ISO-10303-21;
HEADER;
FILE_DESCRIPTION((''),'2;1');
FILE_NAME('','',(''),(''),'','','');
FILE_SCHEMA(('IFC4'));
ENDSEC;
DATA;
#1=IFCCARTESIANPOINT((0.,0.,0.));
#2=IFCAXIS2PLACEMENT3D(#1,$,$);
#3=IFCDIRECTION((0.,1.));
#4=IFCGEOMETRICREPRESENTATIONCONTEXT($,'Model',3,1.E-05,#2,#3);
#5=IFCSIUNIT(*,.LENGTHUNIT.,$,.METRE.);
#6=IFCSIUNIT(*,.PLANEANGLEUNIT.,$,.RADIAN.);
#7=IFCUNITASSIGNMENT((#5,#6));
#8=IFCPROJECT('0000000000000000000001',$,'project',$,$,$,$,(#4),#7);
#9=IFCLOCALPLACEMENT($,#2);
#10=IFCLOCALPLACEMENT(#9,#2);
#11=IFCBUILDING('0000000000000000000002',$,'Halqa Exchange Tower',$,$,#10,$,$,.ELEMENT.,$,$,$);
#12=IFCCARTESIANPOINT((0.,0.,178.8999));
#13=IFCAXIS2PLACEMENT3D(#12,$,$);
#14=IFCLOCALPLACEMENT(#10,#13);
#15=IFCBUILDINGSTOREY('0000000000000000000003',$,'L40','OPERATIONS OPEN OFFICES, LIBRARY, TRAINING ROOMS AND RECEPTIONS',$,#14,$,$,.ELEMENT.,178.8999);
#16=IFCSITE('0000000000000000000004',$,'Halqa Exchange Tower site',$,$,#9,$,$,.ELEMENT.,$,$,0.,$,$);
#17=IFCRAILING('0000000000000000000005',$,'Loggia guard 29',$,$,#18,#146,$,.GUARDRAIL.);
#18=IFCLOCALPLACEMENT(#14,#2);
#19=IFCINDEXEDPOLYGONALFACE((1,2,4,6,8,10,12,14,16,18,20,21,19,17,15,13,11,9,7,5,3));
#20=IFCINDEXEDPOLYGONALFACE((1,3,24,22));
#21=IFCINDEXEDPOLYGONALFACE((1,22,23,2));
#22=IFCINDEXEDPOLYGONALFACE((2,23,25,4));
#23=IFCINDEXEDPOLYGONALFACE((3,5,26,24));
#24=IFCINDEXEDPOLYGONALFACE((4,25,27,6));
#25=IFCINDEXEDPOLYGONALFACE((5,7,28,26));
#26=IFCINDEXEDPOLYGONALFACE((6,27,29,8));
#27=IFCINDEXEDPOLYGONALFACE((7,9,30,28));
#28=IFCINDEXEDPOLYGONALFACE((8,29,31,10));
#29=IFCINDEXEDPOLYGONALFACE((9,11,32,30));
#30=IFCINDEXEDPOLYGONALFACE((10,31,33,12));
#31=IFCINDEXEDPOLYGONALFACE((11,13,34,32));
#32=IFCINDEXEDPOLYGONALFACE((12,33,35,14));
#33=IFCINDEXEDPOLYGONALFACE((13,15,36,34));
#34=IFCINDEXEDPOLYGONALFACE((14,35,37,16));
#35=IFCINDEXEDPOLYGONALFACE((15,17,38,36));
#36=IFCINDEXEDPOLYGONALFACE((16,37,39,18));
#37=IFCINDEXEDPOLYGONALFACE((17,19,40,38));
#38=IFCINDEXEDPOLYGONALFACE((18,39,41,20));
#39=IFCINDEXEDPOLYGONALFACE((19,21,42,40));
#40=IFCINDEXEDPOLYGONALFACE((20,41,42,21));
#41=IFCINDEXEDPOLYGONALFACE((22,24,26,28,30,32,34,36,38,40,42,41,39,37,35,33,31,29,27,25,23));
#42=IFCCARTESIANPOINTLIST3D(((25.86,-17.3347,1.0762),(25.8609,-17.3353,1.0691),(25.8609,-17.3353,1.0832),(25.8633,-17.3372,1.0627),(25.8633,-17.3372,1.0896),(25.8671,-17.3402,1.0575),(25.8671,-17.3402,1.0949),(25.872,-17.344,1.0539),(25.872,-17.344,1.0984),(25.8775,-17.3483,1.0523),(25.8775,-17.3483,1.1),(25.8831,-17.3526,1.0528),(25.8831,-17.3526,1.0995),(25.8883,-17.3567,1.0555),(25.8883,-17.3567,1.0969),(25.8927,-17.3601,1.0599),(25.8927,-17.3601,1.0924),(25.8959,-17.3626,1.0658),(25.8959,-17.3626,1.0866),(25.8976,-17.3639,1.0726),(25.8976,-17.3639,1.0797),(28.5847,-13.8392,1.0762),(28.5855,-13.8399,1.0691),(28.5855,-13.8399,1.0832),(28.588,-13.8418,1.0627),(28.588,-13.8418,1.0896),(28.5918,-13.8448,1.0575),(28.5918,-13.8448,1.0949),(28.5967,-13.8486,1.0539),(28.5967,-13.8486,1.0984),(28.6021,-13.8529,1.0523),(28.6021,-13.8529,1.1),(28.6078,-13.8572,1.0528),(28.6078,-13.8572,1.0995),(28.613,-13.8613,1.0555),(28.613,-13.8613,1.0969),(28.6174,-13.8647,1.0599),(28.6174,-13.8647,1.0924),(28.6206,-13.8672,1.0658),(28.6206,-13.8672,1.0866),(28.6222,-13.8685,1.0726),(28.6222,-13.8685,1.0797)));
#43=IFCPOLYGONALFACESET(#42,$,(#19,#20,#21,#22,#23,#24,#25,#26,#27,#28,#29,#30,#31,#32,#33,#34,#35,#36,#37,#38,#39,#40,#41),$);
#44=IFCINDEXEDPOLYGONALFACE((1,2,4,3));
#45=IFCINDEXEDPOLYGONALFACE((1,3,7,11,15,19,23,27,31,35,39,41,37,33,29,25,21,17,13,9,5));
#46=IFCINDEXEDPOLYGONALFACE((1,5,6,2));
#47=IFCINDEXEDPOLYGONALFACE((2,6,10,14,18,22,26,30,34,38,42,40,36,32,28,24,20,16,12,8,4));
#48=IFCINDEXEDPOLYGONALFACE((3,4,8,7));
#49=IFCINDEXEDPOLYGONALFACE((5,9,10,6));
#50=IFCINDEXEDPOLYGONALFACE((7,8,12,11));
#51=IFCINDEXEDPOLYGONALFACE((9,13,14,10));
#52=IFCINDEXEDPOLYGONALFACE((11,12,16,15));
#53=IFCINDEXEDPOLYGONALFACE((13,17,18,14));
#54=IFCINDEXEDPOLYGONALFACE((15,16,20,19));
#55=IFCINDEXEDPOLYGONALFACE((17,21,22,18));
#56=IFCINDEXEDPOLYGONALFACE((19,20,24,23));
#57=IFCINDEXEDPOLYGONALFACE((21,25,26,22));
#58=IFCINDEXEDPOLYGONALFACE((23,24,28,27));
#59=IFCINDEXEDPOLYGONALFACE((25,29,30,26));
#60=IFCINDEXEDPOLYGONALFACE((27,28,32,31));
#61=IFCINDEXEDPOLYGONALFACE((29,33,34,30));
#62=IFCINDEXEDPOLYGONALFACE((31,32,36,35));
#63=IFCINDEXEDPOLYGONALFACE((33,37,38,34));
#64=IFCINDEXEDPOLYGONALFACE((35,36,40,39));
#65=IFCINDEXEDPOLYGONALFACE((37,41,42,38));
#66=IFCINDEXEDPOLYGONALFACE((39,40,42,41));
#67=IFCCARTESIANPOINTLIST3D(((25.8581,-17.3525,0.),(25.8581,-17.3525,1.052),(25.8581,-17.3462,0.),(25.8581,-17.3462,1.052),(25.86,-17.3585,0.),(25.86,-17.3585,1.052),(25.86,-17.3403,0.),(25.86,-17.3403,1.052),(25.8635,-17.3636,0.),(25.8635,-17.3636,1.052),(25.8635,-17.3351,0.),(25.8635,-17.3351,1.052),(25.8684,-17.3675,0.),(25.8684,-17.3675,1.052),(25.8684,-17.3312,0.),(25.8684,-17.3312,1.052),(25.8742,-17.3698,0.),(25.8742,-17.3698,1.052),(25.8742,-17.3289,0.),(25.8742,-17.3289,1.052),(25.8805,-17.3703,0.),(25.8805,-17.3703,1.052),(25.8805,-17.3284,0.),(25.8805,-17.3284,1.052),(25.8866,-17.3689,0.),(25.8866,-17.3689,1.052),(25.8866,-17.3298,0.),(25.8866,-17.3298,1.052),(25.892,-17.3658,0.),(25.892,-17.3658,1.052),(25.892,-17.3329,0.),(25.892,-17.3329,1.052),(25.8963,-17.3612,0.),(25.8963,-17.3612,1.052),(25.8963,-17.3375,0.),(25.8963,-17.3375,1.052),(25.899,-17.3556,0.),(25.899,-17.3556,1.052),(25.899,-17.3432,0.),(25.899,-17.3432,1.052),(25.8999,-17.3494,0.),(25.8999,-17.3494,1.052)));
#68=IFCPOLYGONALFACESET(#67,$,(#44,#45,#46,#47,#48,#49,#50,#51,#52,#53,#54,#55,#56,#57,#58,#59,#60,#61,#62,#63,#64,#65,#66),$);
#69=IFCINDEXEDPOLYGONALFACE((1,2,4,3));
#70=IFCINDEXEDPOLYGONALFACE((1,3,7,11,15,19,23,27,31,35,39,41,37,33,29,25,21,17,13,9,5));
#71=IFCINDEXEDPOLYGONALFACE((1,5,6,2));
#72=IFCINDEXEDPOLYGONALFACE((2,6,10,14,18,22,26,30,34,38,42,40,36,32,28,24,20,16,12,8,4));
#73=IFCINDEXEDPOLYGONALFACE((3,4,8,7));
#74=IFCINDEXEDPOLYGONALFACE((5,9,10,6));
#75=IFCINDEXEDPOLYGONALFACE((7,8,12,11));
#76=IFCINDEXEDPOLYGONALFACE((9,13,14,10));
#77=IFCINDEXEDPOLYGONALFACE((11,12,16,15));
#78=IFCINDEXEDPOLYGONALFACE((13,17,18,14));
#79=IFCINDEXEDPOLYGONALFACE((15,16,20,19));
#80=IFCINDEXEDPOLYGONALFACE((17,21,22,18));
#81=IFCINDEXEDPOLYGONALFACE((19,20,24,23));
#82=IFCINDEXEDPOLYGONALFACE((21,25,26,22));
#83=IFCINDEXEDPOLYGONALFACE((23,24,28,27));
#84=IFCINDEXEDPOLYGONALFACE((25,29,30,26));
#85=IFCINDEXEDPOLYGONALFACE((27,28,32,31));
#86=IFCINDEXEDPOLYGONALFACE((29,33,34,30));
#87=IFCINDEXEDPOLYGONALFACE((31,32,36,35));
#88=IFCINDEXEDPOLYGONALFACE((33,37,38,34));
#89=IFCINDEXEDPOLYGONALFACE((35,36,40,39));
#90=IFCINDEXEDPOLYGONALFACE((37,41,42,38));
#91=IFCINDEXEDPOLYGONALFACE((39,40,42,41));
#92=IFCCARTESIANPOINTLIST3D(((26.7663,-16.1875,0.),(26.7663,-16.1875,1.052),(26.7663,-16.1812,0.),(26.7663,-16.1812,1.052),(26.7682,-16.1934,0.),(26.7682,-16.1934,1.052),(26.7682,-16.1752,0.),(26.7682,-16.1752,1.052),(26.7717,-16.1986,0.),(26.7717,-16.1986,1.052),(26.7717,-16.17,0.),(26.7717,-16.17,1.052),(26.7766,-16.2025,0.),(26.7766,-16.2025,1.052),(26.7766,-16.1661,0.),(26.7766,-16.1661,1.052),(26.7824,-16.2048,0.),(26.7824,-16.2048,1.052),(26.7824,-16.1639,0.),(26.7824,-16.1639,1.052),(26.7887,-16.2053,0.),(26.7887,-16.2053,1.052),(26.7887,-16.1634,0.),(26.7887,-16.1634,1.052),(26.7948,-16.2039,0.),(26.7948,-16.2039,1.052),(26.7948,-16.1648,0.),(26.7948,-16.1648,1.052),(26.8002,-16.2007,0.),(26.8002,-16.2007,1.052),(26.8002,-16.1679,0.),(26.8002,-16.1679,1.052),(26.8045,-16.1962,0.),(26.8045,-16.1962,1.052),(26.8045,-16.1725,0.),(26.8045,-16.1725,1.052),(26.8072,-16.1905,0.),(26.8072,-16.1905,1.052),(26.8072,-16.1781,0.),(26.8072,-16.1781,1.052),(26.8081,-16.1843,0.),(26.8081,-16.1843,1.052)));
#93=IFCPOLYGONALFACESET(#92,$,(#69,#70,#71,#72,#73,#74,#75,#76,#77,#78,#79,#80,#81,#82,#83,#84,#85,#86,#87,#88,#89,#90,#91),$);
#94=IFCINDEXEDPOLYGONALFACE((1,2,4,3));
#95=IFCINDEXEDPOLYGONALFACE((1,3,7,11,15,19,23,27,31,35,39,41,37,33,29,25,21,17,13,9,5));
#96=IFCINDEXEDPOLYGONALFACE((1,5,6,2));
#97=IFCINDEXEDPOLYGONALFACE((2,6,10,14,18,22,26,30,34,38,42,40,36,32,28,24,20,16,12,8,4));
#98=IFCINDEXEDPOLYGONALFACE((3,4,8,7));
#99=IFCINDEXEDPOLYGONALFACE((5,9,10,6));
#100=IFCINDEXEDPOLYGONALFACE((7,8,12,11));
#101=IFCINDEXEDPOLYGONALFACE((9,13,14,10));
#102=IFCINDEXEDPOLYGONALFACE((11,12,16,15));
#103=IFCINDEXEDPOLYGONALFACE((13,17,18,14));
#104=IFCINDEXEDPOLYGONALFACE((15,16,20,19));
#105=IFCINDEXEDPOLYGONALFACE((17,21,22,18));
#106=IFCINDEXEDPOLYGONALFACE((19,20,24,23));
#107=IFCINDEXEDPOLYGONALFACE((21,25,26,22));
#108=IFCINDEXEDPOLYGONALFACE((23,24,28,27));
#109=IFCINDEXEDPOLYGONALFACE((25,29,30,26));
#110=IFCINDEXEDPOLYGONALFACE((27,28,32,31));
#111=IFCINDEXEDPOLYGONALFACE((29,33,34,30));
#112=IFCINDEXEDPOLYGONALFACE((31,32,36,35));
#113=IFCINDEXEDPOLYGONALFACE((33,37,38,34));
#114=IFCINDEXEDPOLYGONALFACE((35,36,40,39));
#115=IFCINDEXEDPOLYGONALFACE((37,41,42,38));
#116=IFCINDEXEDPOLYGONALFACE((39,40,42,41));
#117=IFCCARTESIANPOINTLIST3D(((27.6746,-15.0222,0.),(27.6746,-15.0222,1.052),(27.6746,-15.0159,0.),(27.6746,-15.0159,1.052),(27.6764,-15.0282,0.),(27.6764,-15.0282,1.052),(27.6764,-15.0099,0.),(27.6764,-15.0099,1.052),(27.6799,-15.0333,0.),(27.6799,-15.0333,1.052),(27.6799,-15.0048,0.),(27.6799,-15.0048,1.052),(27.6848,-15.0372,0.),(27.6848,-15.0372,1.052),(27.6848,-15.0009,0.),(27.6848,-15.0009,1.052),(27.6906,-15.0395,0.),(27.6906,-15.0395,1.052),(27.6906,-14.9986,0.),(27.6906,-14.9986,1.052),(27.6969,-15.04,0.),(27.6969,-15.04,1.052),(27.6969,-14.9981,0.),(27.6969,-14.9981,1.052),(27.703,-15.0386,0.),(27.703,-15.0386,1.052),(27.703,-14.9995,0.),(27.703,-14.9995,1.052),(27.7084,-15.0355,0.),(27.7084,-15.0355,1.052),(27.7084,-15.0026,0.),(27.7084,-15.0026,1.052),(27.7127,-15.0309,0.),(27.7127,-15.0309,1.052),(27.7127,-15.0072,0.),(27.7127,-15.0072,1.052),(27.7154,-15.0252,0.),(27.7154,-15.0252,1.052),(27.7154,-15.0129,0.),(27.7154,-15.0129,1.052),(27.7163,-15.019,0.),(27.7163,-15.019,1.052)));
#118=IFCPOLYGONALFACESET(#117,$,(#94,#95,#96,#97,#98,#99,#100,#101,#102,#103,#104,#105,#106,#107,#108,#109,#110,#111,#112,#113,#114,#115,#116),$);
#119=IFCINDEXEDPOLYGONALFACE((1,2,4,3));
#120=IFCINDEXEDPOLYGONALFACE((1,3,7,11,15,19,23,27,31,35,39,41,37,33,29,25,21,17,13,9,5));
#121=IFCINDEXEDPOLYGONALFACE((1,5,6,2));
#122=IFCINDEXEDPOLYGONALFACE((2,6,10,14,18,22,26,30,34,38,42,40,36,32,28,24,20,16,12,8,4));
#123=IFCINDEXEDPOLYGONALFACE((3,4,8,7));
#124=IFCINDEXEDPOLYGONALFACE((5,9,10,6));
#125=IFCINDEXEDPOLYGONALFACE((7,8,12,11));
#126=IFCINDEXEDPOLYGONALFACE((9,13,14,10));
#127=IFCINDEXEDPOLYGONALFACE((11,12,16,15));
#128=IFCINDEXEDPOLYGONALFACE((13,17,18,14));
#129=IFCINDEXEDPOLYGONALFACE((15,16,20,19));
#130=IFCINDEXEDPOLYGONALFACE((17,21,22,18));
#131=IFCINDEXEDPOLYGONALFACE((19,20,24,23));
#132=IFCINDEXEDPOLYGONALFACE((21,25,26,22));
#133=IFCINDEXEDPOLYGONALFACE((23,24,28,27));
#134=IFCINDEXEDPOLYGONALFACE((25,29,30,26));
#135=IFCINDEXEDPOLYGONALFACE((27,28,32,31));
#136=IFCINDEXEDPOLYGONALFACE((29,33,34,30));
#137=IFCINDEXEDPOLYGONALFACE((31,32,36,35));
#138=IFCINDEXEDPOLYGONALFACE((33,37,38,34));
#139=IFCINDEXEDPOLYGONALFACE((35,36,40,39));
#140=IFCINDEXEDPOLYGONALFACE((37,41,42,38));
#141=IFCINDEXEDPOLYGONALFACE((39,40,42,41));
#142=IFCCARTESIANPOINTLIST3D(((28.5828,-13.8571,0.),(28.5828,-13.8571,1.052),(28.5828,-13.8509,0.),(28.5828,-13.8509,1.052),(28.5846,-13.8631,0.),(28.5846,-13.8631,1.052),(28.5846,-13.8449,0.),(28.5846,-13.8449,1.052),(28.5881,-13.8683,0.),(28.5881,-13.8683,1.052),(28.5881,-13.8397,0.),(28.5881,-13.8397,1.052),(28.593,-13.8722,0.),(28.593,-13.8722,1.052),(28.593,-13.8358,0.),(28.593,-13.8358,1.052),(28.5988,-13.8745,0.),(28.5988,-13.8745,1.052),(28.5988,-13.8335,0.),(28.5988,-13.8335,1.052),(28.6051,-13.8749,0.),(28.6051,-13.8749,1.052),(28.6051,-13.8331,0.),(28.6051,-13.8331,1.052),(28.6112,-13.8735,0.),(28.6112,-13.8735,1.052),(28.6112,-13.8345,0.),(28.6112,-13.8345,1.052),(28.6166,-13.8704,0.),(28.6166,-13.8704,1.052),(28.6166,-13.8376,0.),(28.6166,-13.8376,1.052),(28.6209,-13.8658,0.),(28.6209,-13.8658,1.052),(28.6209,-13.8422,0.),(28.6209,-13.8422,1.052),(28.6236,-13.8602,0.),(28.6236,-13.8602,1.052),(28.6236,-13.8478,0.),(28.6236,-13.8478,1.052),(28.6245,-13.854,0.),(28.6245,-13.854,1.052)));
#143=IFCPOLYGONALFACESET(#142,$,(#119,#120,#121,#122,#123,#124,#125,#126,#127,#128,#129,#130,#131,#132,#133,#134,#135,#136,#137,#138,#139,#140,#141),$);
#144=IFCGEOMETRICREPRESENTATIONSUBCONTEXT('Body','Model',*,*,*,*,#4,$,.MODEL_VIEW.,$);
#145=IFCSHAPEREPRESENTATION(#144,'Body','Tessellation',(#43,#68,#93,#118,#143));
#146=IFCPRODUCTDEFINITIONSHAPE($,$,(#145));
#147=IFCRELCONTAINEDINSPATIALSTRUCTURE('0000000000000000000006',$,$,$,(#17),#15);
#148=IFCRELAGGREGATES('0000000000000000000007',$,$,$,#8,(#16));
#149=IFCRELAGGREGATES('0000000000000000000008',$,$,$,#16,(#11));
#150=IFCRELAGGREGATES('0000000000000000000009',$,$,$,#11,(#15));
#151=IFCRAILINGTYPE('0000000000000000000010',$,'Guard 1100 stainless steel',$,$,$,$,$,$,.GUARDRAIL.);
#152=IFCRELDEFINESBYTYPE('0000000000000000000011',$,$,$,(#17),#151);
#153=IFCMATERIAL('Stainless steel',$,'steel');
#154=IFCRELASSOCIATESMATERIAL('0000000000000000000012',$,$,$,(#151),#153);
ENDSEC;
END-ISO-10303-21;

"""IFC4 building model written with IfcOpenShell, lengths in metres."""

from ifc_helpers import new_model, si_unit, direction, frame, origin, origin_2d, place, context, subcontext, project, spatial, circle, extrude, material, type_object, element, save


model = new_model("IFC4")

# Units and contexts
model_context = context("Model", 3, precision=1e-05, world=origin(), true_north=direction((0.0, 1.0)))
body_context = subcontext(model_context, "Body", "Model", "MODEL_VIEW")
ifc_project = project(units=[si_unit("LENGTHUNIT", "METRE"), si_unit("PLANEANGLEUNIT", "RADIAN")], contexts=[model_context])

# Site, building, storey
site_placement = place(None, origin())
site = spatial("IfcSite", under=ifc_project, at=site_placement, Name="Halqa Exchange Tower site", CompositionType="ELEMENT", RefElevation=0.0)
building_placement = place(site_placement, origin())
building = spatial("IfcBuilding", under=site, at=building_placement, Name="Halqa Exchange Tower", CompositionType="ELEMENT")
storey_placement = place(building_placement, frame((0.0, 0.0, 178.8999)))
storey = spatial("IfcBuildingStorey", under=building, at=storey_placement, Name="L40", Description="OPERATIONS OPEN OFFICES, LIBRARY, TRAINING ROOMS AND RECEPTIONS", CompositionType="ELEMENT", Elevation=178.8999)

# Railing
ifc_material_1 = material(Name="Stainless steel", Category="steel")
railing_type = type_object("IfcRailingType", Name="Guard 1100 stainless steel", PredefinedType="GUARDRAIL", material=ifc_material_1)
railing_1_placement = place(storey_placement, frame((25.8789, -17.3494, 0.0)))
element("IfcRailing", 1, at=railing_1_placement, inside=storey, type_object=railing_type, Name="Loggia guard 29", PredefinedType="GUARDRAIL", context=body_context, shape_type="SweptSolid", body=[
    extrude(circle(Radius=0.0239, at=origin_2d()), frame((0.0, 0.0, 1.0762), z_axis=(0.614783, 0.788696, 0.0), x_axis=(-0.788696, 0.614783, 0.0)), (0.0, 0.0, 1.0), 4.4319),
    extrude(circle(Radius=0.021, at=origin_2d()), origin(), (0.0, 0.0, 1.0), 1.052),
    extrude(circle(Radius=0.021, at=origin_2d()), frame((0.9082, 1.165, 0.0)), (0.0, 0.0, 1.0), 1.052),
    extrude(circle(Radius=0.021, at=origin_2d()), frame((1.8164, 2.3303, 0.0)), (0.0, 0.0, 1.0), 1.052),
    extrude(circle(Radius=0.021, at=origin_2d()), frame((2.7246, 3.4954, 0.0)), (0.0, 0.0, 1.0), 1.052),
])

save(model, "model.ifc")
